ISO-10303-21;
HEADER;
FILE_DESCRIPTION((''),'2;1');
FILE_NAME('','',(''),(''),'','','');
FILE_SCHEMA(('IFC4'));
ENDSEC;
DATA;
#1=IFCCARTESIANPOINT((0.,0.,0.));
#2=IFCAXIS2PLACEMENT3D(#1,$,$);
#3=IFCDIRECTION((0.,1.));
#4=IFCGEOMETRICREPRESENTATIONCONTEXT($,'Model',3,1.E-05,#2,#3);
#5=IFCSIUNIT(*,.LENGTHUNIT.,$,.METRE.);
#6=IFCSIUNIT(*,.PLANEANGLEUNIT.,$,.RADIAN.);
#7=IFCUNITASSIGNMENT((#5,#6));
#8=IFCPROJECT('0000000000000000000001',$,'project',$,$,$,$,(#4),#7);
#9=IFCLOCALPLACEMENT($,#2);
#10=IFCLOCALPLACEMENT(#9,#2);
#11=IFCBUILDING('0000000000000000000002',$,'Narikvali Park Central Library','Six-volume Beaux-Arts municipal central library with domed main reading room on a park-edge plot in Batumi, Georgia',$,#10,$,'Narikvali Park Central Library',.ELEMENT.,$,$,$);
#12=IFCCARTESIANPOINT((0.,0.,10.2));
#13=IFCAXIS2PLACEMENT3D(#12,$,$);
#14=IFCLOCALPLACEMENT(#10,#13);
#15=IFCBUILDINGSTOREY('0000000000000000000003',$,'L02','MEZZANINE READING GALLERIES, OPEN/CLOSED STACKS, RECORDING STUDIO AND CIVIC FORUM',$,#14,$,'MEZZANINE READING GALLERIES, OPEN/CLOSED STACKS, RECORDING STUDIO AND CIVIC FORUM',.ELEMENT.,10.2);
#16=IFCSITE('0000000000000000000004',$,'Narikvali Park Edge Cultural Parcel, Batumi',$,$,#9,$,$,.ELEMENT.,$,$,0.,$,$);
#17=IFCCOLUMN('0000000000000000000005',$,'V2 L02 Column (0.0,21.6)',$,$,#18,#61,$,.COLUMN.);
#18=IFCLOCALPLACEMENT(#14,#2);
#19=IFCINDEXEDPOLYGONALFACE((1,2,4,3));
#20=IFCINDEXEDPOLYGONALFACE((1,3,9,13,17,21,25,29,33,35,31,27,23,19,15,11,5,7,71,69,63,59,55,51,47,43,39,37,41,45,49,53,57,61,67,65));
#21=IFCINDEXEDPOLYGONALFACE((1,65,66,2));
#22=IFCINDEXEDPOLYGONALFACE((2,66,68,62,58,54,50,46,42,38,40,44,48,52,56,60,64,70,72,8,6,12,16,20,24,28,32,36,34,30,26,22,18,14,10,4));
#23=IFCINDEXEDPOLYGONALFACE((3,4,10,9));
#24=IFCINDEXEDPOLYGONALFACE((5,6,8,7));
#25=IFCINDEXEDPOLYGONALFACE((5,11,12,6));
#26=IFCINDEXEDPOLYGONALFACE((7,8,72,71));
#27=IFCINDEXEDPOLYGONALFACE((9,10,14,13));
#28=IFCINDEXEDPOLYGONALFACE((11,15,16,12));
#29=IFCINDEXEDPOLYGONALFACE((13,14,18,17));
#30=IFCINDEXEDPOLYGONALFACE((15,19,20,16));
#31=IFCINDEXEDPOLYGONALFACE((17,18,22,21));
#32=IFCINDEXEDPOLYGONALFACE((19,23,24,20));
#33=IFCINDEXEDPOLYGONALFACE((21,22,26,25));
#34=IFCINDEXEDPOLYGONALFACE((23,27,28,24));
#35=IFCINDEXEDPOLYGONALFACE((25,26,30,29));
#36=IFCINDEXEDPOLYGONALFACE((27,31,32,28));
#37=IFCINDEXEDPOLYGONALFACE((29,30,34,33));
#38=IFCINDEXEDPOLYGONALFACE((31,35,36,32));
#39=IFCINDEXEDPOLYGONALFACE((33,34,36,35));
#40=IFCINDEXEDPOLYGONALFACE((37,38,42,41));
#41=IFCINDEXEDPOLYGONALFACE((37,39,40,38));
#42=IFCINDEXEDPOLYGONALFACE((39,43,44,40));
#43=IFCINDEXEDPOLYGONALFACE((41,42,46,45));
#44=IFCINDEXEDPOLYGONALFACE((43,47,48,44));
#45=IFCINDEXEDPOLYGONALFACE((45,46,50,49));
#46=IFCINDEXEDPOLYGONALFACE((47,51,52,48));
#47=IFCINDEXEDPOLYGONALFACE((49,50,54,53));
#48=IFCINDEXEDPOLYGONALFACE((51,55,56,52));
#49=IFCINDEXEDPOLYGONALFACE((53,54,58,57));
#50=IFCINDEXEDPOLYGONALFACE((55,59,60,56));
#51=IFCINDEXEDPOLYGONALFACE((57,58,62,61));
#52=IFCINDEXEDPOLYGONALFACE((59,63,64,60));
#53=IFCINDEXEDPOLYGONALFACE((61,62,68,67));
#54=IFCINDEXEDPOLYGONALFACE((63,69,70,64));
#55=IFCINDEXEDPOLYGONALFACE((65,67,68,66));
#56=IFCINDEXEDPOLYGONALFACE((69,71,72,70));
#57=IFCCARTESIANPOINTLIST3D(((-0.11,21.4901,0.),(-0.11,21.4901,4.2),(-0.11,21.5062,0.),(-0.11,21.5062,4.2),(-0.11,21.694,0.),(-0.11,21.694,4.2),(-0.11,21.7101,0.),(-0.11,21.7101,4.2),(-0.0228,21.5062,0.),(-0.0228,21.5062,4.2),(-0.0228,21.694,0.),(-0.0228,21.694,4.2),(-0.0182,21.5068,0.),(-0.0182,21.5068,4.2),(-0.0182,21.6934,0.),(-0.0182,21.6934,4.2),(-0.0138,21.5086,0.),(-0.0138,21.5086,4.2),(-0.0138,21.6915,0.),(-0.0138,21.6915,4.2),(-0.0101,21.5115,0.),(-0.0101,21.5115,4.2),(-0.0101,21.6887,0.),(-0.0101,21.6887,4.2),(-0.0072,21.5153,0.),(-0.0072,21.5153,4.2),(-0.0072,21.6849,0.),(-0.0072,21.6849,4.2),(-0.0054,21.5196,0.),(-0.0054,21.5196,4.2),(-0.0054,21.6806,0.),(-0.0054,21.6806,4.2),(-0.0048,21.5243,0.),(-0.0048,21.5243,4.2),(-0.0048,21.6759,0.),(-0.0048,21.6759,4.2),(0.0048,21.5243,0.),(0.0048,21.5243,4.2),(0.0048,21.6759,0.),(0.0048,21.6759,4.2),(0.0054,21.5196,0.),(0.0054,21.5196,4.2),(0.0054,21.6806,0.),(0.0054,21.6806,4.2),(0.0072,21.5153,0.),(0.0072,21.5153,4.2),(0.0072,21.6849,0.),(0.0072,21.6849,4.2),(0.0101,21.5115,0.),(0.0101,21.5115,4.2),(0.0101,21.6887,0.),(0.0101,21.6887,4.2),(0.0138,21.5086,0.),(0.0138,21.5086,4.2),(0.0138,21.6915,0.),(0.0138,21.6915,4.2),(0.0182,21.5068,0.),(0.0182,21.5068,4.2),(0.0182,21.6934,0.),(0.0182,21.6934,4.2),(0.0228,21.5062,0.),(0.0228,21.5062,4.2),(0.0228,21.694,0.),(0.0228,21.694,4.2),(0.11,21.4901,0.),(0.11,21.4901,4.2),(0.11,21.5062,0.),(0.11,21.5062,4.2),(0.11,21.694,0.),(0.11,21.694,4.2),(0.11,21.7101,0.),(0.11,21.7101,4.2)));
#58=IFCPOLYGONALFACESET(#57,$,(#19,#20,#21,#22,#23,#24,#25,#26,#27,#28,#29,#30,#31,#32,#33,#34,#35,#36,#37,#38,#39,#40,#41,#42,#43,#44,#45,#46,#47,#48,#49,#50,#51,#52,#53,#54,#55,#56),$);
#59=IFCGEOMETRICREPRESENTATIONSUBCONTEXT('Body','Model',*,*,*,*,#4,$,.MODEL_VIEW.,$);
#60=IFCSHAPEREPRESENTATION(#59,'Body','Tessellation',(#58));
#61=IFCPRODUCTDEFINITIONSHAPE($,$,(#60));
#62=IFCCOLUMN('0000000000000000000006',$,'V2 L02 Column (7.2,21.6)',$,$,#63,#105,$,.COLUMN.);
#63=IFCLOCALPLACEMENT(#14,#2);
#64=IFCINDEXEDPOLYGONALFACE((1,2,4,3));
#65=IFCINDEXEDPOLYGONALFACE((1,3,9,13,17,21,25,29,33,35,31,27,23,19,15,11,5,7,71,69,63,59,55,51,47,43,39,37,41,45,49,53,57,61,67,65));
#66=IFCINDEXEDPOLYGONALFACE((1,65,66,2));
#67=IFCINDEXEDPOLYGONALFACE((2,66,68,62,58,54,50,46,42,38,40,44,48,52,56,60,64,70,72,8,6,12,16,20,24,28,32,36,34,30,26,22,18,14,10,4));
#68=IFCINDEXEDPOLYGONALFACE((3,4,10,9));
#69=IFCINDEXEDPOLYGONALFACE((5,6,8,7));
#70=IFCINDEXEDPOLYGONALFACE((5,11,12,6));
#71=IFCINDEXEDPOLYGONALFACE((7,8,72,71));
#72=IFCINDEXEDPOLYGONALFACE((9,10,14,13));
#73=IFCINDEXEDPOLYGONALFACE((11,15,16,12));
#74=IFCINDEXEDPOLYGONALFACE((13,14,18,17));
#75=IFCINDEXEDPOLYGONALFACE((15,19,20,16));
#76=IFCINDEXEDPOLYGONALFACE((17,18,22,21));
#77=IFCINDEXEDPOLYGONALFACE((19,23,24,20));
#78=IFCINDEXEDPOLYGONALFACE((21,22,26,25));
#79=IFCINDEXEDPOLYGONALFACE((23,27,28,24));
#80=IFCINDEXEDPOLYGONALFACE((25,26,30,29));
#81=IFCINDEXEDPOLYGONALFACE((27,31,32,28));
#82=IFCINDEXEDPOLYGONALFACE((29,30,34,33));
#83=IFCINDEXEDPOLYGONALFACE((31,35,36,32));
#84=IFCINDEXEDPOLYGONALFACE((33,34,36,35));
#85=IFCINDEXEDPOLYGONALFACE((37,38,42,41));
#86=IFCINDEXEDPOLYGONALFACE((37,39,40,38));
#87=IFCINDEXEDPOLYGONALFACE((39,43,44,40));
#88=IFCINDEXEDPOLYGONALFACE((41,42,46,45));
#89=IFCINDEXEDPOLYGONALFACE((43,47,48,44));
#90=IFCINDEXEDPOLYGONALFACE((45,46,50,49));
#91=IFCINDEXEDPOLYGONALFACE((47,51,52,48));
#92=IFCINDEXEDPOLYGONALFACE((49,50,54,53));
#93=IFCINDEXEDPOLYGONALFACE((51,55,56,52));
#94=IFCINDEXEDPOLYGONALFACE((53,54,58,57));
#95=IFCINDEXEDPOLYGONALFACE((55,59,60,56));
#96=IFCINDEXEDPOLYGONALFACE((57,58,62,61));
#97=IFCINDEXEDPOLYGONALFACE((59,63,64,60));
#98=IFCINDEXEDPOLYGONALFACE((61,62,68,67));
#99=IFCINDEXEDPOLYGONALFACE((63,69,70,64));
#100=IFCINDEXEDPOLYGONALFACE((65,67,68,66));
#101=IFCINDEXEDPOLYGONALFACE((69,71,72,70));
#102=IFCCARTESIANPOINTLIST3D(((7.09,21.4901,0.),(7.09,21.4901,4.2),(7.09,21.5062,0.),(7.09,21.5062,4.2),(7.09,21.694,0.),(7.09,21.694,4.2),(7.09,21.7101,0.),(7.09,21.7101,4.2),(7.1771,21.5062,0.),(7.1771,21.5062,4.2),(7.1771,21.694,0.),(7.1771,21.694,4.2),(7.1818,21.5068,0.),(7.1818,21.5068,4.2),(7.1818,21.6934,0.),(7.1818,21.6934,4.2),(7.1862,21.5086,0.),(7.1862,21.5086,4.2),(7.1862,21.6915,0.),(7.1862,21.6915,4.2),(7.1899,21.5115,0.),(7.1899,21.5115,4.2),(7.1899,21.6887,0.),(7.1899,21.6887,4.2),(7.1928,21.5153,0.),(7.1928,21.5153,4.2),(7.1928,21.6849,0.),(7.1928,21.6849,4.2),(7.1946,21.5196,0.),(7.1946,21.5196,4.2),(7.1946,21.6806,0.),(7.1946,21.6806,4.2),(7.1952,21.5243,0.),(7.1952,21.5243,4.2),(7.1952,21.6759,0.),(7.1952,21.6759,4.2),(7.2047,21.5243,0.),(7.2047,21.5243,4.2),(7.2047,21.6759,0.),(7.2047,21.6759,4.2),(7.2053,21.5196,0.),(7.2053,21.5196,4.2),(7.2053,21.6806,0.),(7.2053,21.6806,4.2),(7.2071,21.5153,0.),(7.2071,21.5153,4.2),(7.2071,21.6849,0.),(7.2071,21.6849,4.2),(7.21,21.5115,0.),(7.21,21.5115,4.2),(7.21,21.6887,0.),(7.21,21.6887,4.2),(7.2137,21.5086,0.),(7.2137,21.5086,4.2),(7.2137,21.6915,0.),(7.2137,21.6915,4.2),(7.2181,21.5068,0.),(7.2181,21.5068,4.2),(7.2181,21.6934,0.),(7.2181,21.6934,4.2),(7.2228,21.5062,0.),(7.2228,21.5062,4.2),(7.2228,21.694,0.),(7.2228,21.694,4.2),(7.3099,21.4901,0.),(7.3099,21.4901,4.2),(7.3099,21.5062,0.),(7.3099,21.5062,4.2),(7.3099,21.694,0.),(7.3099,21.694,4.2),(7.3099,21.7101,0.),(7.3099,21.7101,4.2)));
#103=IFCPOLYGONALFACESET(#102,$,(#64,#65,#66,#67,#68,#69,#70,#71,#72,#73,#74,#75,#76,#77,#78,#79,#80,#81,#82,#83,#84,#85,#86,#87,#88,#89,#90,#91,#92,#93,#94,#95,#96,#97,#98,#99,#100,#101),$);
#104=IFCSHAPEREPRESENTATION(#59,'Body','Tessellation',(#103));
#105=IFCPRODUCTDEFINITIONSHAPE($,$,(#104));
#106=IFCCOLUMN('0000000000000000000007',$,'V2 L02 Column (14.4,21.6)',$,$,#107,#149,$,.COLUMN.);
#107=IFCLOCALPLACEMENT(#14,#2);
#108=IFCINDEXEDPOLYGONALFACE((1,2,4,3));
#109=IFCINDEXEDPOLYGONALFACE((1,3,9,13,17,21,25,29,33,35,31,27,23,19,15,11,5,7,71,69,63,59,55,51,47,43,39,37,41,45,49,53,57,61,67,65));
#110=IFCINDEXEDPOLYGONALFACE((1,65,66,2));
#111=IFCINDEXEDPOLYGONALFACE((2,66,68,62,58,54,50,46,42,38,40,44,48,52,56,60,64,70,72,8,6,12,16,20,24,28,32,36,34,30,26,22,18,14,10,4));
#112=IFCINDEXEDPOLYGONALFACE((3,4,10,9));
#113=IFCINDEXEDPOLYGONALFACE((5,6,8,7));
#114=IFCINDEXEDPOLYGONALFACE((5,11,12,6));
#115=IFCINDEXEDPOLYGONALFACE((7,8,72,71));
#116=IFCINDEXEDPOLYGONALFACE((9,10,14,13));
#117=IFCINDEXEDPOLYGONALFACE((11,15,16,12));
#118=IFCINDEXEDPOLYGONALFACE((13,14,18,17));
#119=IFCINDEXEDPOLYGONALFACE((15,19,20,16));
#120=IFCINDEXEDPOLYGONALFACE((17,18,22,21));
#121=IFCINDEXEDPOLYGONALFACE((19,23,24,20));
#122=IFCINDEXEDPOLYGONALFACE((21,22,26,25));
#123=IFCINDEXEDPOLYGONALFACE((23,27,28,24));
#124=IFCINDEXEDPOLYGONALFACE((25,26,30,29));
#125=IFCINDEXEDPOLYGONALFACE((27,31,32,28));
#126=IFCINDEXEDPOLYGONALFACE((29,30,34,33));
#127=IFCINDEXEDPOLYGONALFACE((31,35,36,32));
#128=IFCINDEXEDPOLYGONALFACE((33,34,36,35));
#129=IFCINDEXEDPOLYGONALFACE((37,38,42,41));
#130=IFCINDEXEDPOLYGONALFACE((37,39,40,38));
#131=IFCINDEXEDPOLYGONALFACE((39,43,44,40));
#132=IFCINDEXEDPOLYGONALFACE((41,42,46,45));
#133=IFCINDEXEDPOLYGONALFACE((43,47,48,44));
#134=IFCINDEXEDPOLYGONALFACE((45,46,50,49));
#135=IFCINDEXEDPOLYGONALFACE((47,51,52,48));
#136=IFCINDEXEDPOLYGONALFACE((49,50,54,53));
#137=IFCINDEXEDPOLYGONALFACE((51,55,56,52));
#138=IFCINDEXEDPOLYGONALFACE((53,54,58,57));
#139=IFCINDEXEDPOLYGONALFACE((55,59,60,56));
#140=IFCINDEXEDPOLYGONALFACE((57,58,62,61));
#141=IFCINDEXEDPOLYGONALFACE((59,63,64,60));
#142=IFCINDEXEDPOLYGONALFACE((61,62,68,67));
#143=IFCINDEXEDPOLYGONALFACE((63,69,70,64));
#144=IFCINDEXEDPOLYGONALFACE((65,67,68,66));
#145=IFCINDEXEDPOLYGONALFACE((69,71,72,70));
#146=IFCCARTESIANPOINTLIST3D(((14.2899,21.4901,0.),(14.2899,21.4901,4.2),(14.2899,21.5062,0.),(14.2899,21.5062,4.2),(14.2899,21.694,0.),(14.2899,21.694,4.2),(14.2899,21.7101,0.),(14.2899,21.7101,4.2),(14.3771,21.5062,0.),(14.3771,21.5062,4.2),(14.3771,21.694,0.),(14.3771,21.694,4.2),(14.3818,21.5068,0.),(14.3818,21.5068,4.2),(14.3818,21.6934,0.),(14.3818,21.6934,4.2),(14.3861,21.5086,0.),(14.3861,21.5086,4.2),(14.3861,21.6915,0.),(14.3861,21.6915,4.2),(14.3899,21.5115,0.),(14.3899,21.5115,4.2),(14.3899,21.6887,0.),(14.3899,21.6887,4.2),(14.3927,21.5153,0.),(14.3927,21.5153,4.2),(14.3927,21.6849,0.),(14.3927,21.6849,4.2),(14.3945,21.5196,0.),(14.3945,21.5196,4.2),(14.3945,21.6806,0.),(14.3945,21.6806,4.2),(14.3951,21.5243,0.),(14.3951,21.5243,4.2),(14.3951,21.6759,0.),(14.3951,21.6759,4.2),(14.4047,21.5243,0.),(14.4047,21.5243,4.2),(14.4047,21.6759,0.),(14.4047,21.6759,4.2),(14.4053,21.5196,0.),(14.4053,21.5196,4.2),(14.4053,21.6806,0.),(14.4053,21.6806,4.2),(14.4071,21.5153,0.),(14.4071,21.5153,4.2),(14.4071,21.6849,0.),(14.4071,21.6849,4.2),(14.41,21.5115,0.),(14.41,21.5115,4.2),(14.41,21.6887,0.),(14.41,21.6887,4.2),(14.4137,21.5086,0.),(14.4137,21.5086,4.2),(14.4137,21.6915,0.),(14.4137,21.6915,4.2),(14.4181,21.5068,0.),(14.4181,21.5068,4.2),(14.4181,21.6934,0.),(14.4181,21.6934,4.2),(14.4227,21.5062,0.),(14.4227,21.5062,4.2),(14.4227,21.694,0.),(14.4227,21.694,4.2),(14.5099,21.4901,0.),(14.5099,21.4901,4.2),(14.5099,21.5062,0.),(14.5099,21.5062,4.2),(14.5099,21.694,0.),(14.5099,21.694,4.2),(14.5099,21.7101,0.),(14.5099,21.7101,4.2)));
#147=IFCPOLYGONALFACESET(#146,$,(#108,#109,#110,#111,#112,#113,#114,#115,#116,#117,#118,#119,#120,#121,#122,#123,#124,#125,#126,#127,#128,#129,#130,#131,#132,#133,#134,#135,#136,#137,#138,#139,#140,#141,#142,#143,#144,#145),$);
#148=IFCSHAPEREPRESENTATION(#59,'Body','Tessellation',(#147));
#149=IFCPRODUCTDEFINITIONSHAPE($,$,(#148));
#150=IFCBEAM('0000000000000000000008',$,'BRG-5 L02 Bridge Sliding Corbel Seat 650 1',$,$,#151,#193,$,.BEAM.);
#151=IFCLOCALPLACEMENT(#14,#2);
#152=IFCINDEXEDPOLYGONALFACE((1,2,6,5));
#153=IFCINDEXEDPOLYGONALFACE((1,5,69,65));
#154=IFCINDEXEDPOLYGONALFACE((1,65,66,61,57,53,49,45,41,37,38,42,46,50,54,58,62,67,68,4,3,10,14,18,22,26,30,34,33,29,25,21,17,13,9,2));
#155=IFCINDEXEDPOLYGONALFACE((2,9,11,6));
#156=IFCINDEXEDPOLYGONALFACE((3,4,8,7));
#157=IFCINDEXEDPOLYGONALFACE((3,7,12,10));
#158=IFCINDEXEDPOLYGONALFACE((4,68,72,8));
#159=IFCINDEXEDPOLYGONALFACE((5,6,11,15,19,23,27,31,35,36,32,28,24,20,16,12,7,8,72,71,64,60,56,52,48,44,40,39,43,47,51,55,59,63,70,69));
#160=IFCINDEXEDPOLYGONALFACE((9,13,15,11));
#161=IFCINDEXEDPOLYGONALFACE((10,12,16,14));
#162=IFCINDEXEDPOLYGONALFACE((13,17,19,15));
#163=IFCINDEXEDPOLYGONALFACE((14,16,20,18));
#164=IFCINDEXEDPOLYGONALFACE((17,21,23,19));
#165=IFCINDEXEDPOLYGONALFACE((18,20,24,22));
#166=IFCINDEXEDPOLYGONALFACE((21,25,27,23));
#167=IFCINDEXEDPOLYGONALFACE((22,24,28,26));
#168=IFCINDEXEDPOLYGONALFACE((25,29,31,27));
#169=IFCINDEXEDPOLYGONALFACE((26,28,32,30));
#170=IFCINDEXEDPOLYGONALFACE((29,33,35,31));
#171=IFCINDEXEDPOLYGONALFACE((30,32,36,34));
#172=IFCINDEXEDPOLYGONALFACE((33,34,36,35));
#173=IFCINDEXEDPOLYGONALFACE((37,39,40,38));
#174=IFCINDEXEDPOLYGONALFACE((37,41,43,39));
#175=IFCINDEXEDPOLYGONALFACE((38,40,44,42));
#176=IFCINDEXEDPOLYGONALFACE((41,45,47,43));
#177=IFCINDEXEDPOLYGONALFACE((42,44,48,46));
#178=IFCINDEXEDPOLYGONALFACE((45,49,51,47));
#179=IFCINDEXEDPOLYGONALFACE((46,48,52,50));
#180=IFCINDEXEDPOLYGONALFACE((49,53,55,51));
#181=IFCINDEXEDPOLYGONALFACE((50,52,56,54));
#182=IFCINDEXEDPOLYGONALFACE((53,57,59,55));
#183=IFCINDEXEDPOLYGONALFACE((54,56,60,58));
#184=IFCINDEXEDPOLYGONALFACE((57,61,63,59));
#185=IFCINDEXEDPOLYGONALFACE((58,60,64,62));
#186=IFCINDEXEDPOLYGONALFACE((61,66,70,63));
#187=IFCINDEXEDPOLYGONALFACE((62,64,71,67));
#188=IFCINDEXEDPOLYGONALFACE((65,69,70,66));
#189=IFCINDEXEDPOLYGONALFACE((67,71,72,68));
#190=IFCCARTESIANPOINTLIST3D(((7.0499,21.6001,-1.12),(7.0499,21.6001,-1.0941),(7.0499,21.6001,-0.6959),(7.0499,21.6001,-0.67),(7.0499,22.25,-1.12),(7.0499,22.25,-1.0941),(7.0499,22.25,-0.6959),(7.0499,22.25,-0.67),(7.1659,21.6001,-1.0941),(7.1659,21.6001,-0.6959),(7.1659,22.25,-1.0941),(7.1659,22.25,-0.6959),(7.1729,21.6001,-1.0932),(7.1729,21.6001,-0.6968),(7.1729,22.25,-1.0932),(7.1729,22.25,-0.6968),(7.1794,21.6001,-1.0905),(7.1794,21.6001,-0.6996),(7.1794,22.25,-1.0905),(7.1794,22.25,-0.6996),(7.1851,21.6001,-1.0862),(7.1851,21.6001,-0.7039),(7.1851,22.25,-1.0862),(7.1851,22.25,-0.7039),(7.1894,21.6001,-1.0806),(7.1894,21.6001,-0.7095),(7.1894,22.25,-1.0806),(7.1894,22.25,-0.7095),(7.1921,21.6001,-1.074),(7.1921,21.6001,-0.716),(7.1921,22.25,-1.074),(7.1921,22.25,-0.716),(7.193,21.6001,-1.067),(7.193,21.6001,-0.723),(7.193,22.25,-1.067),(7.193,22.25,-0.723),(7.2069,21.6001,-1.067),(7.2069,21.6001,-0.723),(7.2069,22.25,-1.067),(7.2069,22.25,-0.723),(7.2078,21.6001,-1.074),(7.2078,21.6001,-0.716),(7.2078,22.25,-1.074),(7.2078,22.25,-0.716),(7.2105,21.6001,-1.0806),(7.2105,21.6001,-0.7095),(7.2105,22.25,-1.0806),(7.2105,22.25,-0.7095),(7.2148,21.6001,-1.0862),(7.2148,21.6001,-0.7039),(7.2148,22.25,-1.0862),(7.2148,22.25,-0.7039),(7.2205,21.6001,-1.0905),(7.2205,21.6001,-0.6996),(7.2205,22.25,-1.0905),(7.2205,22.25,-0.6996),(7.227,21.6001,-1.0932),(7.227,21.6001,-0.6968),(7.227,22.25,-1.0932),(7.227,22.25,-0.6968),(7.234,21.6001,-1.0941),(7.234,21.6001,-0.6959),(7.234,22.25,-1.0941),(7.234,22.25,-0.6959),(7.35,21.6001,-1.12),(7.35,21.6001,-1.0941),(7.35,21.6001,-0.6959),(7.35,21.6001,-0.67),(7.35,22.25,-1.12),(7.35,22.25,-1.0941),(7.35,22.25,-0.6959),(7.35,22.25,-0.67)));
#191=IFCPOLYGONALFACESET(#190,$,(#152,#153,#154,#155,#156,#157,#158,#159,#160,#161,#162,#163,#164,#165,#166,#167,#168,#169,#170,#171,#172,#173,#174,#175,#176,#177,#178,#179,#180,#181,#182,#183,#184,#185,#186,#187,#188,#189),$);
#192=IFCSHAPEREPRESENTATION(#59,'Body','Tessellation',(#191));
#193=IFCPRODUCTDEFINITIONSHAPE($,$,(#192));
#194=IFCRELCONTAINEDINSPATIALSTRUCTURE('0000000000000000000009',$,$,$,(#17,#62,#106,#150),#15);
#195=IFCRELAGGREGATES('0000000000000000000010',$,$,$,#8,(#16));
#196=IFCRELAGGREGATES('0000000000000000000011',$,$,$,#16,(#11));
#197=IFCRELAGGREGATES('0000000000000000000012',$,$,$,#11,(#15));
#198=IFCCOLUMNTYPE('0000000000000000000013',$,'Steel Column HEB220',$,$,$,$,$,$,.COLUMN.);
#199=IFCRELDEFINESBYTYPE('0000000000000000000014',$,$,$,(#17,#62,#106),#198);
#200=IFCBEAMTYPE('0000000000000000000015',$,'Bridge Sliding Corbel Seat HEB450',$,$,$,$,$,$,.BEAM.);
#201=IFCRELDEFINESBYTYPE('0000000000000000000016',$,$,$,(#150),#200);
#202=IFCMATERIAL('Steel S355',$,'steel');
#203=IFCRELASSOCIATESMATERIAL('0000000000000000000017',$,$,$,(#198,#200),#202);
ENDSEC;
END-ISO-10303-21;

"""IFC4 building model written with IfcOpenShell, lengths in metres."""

from ifc_helpers import new_model, si_unit, direction, frame, origin, origin_2d, place, context, subcontext, project, spatial, i_section, extrude, material, material_profile, profile_set, type_object, element, save


model = new_model("IFC4")

# Units and contexts
model_context = context("Model", 3, precision=1e-05, world=origin(), true_north=direction((0.0, 1.0)))
body_context = subcontext(model_context, "Body", "Model", "MODEL_VIEW")
ifc_project = project(units=[si_unit("LENGTHUNIT", "METRE"), si_unit("PLANEANGLEUNIT", "RADIAN")], contexts=[model_context])

# Site, building, storey
site_placement = place(None, origin())
site = spatial("IfcSite", under=ifc_project, at=site_placement, Name="Narikvali Park Edge Cultural Parcel, Batumi", CompositionType="ELEMENT", RefElevation=0.0)
building_placement = place(site_placement, origin())
building = spatial("IfcBuilding", under=site, at=building_placement, Name="Narikvali Park Central Library", Description="Six-volume Beaux-Arts municipal central library with domed main reading room on a park-edge plot in Batumi, Georgia", LongName="Narikvali Park Central Library", CompositionType="ELEMENT")
storey_placement = place(building_placement, frame((0.0, 0.0, 10.2)))
storey = spatial("IfcBuildingStorey", under=building, at=storey_placement, Name="L02", Description="MEZZANINE READING GALLERIES, OPEN/CLOSED STACKS, RECORDING STUDIO AND CIVIC FORUM", LongName="MEZZANINE READING GALLERIES, OPEN/CLOSED STACKS, RECORDING STUDIO AND CIVIC FORUM", CompositionType="ELEMENT", Elevation=10.2)

# Columns
ifc_material_1 = material(Name="Steel S355", Category="steel")
ifc_material_profile_1 = material_profile(ifc_material_1, i_section(OverallWidth=0.22, OverallDepth=0.22, WebThickness=0.0095, FlangeThickness=0.0161, FilletRadius=0.0181, at=origin_2d()), Name="HEB 220")
ifc_profile_set_1 = profile_set([ifc_material_profile_1], Name="Steel S355")
column_type = type_object("IfcColumnType", Name="Steel Column HEB220", PredefinedType="COLUMN", material=ifc_profile_set_1)
for number, where, z_axis, x_axis, name in (
    (1, (0.0, 21.6001, 0.0), (0.0, 0.0, 1.0), (1.0, 0.0, 0.0), "V2 L02 Column (0.0,21.6)"),
    (2, (7.2, 21.6001, 0.0), (0.0, 0.0, 1.0), (1.0, 0.0, 0.0), "V2 L02 Column (7.2,21.6)"),
    (3, (14.3999, 21.6001, 0.0), (0.0, 0.0, 1.0), (1.0, 0.0, 0.0), "V2 L02 Column (14.4,21.6)"),
):
    element("IfcColumn", number, at=place(storey_placement, frame(where, z_axis=z_axis, x_axis=x_axis)), inside=storey, type_object=column_type, Name=name, PredefinedType="COLUMN", context=body_context, shape_type="SweptSolid", body=[
        extrude(i_section(OverallWidth=0.22, OverallDepth=0.22, WebThickness=0.0095, FlangeThickness=0.0161, FilletRadius=0.0181, at=origin_2d()), origin(), (0.0, 0.0, 1.0), 4.2),
    ])

# Beam
ifc_material_profile_2 = material_profile(ifc_material_1, i_section(OverallWidth=0.3, OverallDepth=0.45, WebThickness=0.0139, FlangeThickness=0.0259, FilletRadius=0.0271, at=origin_2d()), Name="HEB 450")
ifc_profile_set_2 = profile_set([ifc_material_profile_2], Name="Steel S355")
beam_type_1 = type_object("IfcBeamType", Name="Bridge Sliding Corbel Seat HEB450", PredefinedType="BEAM", material=ifc_profile_set_2)
for number, where, z_axis, x_axis, name in (
    (4, (7.2, 21.6001, -0.895), (0.0, 1.0, 0.0), (-1.0, 0.0, 0.0), "BRG-5 L02 Bridge Sliding Corbel Seat 650 1"),
):
    element("IfcBeam", number, at=place(storey_placement, frame(where, z_axis=z_axis, x_axis=x_axis)), inside=storey, type_object=beam_type_1, Name=name, PredefinedType="BEAM", context=body_context, shape_type="SweptSolid", body=[
        extrude(i_section(OverallWidth=0.3, OverallDepth=0.45, WebThickness=0.0139, FlangeThickness=0.0259, FilletRadius=0.0271, at=origin_2d()), origin(), (0.0, 0.0, 1.0), 0.6499),
    ])

save(model, "model.ifc")
